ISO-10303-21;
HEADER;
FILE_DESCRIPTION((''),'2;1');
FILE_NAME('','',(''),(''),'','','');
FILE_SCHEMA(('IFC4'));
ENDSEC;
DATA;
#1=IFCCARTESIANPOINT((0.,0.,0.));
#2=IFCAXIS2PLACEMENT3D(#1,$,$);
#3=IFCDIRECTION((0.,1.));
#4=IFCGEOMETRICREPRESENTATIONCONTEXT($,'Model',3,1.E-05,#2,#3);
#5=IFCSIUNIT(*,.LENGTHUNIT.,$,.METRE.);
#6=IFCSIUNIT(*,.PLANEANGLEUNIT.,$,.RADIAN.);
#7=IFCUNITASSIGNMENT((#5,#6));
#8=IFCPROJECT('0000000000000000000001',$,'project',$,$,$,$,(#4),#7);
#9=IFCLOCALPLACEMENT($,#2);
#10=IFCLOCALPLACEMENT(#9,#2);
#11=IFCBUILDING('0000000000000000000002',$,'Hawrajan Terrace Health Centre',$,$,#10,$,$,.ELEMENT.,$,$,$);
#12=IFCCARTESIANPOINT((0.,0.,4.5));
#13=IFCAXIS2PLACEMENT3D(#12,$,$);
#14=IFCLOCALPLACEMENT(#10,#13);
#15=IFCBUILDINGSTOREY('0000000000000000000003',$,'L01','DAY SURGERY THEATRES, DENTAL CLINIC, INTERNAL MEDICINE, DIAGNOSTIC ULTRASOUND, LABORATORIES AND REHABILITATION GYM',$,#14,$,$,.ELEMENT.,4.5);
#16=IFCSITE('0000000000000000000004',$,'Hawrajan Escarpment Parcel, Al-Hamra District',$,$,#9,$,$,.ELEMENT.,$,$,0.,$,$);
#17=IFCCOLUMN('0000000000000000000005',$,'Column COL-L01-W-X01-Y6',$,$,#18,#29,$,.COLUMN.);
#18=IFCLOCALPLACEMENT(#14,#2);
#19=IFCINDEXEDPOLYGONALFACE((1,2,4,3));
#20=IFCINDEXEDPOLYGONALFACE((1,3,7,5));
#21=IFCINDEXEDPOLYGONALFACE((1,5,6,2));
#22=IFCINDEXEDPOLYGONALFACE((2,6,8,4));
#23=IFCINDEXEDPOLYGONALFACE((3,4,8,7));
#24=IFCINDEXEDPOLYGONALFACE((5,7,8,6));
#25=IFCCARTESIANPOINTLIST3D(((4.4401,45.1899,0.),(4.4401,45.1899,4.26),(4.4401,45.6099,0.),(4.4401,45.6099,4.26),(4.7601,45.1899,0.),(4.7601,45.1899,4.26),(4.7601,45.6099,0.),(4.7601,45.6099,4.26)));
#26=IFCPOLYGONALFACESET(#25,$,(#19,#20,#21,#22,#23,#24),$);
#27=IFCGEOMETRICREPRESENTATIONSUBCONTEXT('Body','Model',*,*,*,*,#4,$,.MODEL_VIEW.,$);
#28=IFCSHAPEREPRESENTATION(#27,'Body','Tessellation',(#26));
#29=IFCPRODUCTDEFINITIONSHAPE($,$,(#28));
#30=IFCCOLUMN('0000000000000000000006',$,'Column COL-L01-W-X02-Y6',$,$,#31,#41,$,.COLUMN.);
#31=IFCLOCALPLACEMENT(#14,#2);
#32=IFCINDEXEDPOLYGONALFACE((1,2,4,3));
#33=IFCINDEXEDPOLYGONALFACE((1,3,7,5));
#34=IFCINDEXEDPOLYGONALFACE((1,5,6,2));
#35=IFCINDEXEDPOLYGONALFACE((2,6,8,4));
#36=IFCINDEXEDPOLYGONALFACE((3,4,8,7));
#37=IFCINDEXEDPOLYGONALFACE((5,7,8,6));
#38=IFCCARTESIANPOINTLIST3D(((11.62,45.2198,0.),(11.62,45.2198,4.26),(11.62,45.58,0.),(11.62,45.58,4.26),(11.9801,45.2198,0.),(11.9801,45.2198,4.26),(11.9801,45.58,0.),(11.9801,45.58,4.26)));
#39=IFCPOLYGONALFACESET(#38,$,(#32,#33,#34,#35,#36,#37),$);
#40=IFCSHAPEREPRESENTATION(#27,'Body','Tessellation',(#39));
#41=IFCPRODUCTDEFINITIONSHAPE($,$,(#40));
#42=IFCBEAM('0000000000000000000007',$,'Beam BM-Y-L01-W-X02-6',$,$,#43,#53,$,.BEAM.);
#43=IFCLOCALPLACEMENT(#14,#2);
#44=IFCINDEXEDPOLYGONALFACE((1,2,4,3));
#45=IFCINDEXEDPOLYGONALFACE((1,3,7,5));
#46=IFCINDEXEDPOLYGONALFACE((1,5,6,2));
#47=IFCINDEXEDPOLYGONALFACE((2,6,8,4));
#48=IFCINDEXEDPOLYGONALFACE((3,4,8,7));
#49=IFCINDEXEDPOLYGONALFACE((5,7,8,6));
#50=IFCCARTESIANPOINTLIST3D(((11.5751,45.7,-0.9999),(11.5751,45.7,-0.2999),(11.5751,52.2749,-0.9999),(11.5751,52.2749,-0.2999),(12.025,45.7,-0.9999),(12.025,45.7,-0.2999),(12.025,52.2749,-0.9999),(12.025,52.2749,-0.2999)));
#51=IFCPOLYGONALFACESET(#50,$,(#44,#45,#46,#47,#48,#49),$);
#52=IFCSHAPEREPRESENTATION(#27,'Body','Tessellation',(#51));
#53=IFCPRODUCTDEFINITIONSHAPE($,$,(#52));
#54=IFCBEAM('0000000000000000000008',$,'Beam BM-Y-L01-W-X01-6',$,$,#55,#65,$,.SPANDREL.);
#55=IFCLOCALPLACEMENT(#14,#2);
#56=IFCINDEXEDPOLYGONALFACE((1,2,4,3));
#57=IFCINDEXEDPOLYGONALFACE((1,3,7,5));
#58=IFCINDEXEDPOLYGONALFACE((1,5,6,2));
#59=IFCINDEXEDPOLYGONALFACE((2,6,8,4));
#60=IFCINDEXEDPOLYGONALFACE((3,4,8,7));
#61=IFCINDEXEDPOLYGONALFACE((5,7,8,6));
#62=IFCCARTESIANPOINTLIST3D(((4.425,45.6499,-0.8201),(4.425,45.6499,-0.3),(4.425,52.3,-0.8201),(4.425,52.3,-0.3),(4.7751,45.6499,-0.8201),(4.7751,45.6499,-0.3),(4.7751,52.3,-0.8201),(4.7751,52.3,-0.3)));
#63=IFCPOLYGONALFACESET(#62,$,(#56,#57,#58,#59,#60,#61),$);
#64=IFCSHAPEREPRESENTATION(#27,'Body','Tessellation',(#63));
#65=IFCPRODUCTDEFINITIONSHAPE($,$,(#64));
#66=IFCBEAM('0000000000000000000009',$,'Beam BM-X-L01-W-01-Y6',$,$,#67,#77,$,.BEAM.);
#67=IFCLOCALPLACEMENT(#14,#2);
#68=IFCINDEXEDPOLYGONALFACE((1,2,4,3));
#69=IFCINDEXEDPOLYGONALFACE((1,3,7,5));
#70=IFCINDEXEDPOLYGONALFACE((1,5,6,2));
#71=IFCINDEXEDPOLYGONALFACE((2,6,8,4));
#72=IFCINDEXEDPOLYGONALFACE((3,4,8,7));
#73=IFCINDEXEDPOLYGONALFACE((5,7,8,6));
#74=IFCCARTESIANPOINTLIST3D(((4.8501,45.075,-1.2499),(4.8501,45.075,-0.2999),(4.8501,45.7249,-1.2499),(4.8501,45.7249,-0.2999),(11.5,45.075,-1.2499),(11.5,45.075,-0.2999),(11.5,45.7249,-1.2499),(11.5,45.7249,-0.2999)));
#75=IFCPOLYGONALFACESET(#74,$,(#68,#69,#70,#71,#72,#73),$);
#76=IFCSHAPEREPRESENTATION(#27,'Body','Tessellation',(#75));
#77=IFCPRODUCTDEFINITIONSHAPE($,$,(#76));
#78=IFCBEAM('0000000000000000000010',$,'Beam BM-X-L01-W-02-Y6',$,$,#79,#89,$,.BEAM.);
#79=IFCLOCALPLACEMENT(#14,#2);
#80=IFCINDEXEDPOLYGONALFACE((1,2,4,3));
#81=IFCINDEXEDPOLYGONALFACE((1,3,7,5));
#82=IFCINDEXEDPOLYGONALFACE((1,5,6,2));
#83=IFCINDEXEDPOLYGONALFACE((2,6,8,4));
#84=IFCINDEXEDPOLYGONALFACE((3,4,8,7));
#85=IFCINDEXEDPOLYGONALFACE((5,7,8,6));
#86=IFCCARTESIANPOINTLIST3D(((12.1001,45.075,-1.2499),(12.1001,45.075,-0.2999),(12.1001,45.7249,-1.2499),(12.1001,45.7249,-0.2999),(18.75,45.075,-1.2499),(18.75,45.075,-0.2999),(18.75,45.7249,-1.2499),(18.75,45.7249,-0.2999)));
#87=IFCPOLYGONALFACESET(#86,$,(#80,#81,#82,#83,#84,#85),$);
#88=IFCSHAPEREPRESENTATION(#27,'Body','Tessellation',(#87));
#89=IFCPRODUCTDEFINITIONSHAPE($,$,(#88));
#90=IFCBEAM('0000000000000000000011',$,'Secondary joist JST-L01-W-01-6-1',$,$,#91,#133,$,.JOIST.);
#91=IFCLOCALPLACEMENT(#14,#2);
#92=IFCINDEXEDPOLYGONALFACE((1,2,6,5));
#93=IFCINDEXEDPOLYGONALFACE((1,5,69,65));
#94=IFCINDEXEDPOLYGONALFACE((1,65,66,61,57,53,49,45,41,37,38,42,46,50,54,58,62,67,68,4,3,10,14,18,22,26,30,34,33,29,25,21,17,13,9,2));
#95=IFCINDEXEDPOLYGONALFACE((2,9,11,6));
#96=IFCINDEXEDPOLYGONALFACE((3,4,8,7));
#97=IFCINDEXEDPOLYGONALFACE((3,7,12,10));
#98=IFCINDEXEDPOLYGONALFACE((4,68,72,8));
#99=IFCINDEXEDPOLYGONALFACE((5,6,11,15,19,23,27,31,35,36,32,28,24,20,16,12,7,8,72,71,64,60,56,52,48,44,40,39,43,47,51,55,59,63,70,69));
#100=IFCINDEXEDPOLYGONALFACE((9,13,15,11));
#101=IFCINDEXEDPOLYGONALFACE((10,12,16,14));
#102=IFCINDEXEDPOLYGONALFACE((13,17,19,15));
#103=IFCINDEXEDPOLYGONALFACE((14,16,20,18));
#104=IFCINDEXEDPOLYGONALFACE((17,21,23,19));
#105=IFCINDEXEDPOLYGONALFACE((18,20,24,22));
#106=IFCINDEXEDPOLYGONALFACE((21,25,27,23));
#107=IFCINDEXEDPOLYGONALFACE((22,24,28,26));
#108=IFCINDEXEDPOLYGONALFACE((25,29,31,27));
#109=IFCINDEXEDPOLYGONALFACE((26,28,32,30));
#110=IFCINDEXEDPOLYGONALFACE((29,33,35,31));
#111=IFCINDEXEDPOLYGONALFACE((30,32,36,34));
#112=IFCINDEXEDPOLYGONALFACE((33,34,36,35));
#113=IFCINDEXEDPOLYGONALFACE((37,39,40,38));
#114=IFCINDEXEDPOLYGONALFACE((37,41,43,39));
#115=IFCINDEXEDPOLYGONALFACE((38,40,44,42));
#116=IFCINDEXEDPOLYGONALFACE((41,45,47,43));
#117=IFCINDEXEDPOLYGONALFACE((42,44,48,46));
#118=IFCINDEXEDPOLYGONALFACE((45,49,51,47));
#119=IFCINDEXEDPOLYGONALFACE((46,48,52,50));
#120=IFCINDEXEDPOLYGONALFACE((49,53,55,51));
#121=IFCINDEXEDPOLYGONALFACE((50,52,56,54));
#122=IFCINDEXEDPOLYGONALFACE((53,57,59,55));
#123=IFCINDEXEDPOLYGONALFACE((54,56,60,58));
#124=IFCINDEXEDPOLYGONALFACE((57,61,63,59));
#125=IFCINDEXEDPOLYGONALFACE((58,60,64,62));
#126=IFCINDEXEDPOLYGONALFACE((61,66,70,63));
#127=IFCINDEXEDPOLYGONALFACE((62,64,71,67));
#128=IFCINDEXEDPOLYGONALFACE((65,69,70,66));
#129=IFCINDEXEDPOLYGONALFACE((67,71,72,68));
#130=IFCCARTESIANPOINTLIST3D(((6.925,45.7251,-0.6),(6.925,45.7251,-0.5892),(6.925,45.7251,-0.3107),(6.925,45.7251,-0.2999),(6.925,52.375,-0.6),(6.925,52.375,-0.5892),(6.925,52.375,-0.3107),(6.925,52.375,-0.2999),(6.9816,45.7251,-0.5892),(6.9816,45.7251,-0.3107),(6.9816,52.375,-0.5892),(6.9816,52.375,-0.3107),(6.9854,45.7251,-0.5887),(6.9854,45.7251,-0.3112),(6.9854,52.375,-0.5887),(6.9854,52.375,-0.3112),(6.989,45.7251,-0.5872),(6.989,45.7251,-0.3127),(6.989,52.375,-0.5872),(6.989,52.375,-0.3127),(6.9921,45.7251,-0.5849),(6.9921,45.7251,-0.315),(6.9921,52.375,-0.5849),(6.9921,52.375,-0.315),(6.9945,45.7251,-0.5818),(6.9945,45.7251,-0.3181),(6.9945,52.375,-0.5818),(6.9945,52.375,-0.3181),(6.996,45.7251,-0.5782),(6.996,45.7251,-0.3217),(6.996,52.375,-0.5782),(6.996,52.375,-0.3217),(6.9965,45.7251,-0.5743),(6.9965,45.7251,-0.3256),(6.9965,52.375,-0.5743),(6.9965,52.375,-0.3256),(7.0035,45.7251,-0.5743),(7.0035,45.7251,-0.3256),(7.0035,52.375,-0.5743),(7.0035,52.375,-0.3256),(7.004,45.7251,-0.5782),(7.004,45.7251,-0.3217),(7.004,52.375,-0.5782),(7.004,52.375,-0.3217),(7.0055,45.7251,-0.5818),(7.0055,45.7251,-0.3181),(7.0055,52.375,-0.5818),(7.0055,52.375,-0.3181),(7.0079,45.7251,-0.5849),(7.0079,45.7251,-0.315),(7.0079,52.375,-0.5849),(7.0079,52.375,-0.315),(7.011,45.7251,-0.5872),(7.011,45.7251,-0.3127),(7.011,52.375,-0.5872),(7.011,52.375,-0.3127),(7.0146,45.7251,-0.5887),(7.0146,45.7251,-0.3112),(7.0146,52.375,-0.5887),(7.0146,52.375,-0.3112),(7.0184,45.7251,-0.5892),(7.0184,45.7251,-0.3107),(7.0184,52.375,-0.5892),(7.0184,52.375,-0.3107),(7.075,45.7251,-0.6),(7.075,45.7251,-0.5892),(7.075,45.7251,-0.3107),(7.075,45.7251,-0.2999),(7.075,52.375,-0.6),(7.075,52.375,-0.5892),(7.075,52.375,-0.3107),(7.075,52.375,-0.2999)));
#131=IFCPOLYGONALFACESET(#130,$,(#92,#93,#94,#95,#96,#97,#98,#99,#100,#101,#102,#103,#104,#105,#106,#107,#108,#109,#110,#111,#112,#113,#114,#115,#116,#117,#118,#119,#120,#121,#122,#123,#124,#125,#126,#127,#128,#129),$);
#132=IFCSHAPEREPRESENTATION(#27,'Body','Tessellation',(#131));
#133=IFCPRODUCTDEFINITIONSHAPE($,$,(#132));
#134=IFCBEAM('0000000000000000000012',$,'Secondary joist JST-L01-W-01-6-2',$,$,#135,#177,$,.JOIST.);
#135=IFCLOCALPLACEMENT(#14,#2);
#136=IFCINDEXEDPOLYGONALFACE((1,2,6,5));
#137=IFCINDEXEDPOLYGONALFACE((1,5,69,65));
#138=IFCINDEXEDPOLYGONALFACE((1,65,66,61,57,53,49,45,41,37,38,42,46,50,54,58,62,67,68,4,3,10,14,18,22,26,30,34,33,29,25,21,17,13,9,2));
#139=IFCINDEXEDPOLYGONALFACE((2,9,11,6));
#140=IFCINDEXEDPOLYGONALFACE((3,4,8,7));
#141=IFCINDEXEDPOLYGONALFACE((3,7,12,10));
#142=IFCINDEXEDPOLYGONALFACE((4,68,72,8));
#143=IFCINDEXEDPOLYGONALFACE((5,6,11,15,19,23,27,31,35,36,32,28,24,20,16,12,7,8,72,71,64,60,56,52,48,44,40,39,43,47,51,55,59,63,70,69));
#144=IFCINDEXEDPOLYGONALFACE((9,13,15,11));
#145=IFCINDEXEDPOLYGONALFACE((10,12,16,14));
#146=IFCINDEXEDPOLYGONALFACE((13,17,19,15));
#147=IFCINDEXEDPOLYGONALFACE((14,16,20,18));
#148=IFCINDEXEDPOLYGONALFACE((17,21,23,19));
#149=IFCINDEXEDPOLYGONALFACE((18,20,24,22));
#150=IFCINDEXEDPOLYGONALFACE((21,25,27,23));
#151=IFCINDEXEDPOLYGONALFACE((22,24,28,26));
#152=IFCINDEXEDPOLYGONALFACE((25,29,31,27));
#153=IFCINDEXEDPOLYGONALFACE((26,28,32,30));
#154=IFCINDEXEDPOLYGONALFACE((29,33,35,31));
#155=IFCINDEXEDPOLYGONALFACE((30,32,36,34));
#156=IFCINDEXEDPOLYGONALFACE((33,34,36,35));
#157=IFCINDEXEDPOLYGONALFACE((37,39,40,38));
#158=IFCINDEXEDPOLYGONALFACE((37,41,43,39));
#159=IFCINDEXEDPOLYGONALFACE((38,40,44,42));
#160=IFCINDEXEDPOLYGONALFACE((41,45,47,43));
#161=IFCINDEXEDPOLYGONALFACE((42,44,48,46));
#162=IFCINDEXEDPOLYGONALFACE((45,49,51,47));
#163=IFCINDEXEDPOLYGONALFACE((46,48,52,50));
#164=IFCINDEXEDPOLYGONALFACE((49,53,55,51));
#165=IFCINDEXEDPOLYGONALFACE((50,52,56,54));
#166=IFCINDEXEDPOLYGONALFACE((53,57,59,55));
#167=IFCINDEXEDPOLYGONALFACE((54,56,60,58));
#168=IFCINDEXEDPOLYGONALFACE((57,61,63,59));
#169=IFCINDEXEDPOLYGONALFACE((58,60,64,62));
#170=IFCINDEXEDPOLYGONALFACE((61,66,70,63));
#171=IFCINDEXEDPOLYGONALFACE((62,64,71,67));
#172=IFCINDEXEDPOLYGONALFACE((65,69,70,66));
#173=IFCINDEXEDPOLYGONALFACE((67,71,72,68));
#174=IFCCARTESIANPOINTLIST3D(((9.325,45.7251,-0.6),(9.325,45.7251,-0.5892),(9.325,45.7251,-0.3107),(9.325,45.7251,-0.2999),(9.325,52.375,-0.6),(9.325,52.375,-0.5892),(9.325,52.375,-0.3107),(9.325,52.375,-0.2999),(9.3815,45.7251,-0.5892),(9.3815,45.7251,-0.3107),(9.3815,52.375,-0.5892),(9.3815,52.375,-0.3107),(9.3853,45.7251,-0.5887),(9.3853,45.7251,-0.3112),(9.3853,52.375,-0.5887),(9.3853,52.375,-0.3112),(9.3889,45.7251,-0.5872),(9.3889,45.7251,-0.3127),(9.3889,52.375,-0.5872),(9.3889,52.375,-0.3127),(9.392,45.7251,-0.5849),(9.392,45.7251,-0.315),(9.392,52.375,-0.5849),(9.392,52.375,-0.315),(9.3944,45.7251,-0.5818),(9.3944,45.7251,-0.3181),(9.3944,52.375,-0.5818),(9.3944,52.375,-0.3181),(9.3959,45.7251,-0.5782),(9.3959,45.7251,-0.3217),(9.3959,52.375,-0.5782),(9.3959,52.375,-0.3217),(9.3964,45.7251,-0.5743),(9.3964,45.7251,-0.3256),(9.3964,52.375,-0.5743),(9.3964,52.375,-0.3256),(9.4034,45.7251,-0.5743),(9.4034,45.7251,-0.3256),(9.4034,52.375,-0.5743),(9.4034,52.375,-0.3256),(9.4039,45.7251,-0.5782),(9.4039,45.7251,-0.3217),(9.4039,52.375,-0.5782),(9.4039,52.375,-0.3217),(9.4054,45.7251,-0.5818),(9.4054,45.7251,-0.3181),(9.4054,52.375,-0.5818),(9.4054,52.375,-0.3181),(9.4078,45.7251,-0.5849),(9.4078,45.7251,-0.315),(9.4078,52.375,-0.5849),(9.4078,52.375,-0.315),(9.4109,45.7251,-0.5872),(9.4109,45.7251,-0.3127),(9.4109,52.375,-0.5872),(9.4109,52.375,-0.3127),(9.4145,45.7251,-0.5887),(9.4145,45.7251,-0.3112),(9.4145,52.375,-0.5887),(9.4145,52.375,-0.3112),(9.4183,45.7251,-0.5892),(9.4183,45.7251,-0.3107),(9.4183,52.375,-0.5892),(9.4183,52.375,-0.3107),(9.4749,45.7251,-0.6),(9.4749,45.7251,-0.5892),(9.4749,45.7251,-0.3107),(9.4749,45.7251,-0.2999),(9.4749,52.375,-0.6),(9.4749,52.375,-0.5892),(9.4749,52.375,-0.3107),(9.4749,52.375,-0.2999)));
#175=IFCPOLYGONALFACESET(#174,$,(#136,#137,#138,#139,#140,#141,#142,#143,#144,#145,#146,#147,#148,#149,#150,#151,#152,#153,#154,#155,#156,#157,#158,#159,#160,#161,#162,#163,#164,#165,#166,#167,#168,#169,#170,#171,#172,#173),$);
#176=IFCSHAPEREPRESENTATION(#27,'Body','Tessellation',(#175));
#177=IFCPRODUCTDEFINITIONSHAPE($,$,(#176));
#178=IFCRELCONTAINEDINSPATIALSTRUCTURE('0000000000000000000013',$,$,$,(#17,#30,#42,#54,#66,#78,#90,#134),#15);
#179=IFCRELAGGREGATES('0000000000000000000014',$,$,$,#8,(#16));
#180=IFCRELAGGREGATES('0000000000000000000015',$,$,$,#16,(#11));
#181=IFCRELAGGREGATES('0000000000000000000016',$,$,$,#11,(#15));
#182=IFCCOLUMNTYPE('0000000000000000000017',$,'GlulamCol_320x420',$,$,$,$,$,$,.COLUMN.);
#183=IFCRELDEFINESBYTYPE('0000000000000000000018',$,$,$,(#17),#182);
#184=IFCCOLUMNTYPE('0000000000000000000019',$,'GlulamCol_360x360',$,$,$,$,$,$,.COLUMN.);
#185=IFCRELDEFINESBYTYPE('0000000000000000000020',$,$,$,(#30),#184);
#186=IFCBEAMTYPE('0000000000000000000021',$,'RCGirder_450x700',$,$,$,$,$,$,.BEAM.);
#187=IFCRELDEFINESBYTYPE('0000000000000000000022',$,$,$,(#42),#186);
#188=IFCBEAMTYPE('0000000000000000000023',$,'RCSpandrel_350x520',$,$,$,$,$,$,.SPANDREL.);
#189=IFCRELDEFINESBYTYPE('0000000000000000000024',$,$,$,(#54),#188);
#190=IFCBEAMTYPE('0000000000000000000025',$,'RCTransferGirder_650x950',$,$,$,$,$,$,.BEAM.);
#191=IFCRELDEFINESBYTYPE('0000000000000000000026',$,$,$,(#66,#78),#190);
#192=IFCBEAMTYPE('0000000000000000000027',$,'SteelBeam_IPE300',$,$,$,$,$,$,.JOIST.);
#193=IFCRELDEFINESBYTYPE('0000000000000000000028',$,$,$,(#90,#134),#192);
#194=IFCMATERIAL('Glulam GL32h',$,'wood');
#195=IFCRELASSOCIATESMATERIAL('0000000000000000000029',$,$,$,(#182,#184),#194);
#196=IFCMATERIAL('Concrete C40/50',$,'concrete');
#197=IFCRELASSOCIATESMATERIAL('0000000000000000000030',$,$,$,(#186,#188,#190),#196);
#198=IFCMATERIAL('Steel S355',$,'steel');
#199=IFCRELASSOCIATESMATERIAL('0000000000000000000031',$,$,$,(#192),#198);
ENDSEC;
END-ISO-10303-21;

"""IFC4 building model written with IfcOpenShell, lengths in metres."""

from ifc_helpers import new_model, si_unit, direction, frame, origin, origin_2d, place, context, subcontext, project, spatial, rectangle, i_section, extrude, material, material_profile, profile_set, type_object, element, save


model = new_model("IFC4")

# Units and contexts
model_context = context("Model", 3, precision=1e-05, world=origin(), true_north=direction((0.0, 1.0)))
body_context = subcontext(model_context, "Body", "Model", "MODEL_VIEW")
ifc_project = project(units=[si_unit("LENGTHUNIT", "METRE"), si_unit("PLANEANGLEUNIT", "RADIAN")], contexts=[model_context])

# Site, building, storey
site_placement = place(None, origin())
site = spatial("IfcSite", under=ifc_project, at=site_placement, Name="Hawrajan Escarpment Parcel, Al-Hamra District", CompositionType="ELEMENT", RefElevation=0.0)
building_placement = place(site_placement, origin())
building = spatial("IfcBuilding", under=site, at=building_placement, Name="Hawrajan Terrace Health Centre", CompositionType="ELEMENT")
storey_placement = place(building_placement, frame((0.0, 0.0, 4.5)))
storey = spatial("IfcBuildingStorey", under=building, at=storey_placement, Name="L01", Description="DAY SURGERY THEATRES, DENTAL CLINIC, INTERNAL MEDICINE, DIAGNOSTIC ULTRASOUND, LABORATORIES AND REHABILITATION GYM", CompositionType="ELEMENT", Elevation=4.5)

# Columns
ifc_material_1 = material(Name="Glulam GL32h", Category="wood")
ifc_material_profile_1 = material_profile(ifc_material_1, rectangle(XDim=0.3201, YDim=0.4199, at=origin_2d()), Name="GL 320x420")
ifc_profile_set_1 = profile_set([ifc_material_profile_1], Name="Glulam GL32h")
column_type_1 = type_object("IfcColumnType", Name="GlulamCol_320x420", PredefinedType="COLUMN", material=ifc_profile_set_1)
column_1_placement = place(storey_placement, frame((4.6001, 45.3999, 0.0), z_axis=(0.0, 0.0, 1.0), x_axis=(1.0, 0.0, 0.0)))
element("IfcColumn", 1, at=column_1_placement, inside=storey, type_object=column_type_1, Name="Column COL-L01-W-X01-Y6", PredefinedType="COLUMN", context=body_context, shape_type="SweptSolid", body=[
    extrude(rectangle(XDim=0.3201, YDim=0.4199, at=origin_2d()), origin(), (0.0, 0.0, 1.0), 4.26),
])
ifc_material_profile_2 = material_profile(ifc_material_1, rectangle(XDim=0.3601, YDim=0.3601, at=origin_2d()), Name="GL 360x360")
ifc_profile_set_2 = profile_set([ifc_material_profile_2], Name="Glulam GL32h")
column_type_2 = type_object("IfcColumnType", Name="GlulamCol_360x360", PredefinedType="COLUMN", material=ifc_profile_set_2)
column_2_placement = place(storey_placement, frame((11.8, 45.3999, 0.0), z_axis=(0.0, 0.0, 1.0), x_axis=(1.0, 0.0, 0.0)))
element("IfcColumn", 2, at=column_2_placement, inside=storey, type_object=column_type_2, Name="Column COL-L01-W-X02-Y6", PredefinedType="COLUMN", context=body_context, shape_type="SweptSolid", body=[
    extrude(rectangle(XDim=0.3601, YDim=0.3601, at=origin_2d()), origin(), (0.0, 0.0, 1.0), 4.26),
])

# Beams
ifc_material_2 = material(Name="Concrete C40/50", Category="concrete")
ifc_material_profile_3 = material_profile(ifc_material_2, rectangle(XDim=0.45, YDim=0.7, at=origin_2d()), Name="RC BM 450x700")
ifc_profile_set_3 = profile_set([ifc_material_profile_3], Name="Concrete C40/50")
beam_type_1 = type_object("IfcBeamType", Name="RCGirder_450x700", PredefinedType="BEAM", material=ifc_profile_set_3)
beam_1_placement = place(storey_placement, frame((11.8, 45.7, -0.6499), z_axis=(0.0, 1.0, 0.0), x_axis=(-1.0, 0.0, 0.0)))
element("IfcBeam", 3, at=beam_1_placement, inside=storey, type_object=beam_type_1, Name="Beam BM-Y-L01-W-X02-6", PredefinedType="BEAM", context=body_context, shape_type="SweptSolid", body=[
    extrude(rectangle(XDim=0.45, YDim=0.7, at=origin_2d()), origin(), (0.0, 0.0, 1.0), 6.575),
])
ifc_material_profile_4 = material_profile(ifc_material_2, rectangle(XDim=0.3501, YDim=0.52, at=origin_2d()), Name="RC SP 350x520")
ifc_profile_set_4 = profile_set([ifc_material_profile_4], Name="Concrete C40/50")
beam_type_2 = type_object("IfcBeamType", Name="RCSpandrel_350x520", PredefinedType="SPANDREL", material=ifc_profile_set_4)
beam_2_placement = place(storey_placement, frame((4.6001, 45.6499, -0.5601), z_axis=(0.0, 1.0, 0.0), x_axis=(-1.0, 0.0, 0.0)))
element("IfcBeam", 4, at=beam_2_placement, inside=storey, type_object=beam_type_2, Name="Beam BM-Y-L01-W-X01-6", PredefinedType="SPANDREL", context=body_context, shape_type="SweptSolid", body=[
    extrude(rectangle(XDim=0.3501, YDim=0.52, at=origin_2d()), origin(), (0.0, 0.0, 1.0), 6.6501),
])
ifc_material_profile_5 = material_profile(ifc_material_2, rectangle(XDim=0.6499, YDim=0.95, at=origin_2d()), Name="RC TG 650x950")
ifc_profile_set_5 = profile_set([ifc_material_profile_5], Name="Concrete C40/50")
beam_type_3 = type_object("IfcBeamType", Name="RCTransferGirder_650x950", PredefinedType="BEAM", material=ifc_profile_set_5)
for number, where, z_axis, x_axis, name in (
    (5, (4.8501, 45.3999, -0.7749), (1.0, 0.0, 0.0), (0.0, 1.0, 0.0), "Beam BM-X-L01-W-01-Y6"),
    (6, (12.1001, 45.3999, -0.7749), (1.0, 0.0, 0.0), (0.0, 1.0, 0.0), "Beam BM-X-L01-W-02-Y6"),
):
    element("IfcBeam", number, at=place(storey_placement, frame(where, z_axis=z_axis, x_axis=x_axis)), inside=storey, type_object=beam_type_3, Name=name, PredefinedType="BEAM", context=body_context, shape_type="SweptSolid", body=[
        extrude(rectangle(XDim=0.6499, YDim=0.95, at=origin_2d()), origin(), (0.0, 0.0, 1.0), 6.6499),
    ])
ifc_material_3 = material(Name="Steel S355", Category="steel")
ifc_material_profile_6 = material_profile(ifc_material_3, i_section(OverallWidth=0.1499, OverallDepth=0.3, WebThickness=0.0071, FlangeThickness=0.0107, FilletRadius=0.0149, at=origin_2d()), Name="IPE 300")
ifc_profile_set_6 = profile_set([ifc_material_profile_6], Name="Steel S355")
beam_type_4 = type_object("IfcBeamType", Name="SteelBeam_IPE300", PredefinedType="JOIST", material=ifc_profile_set_6)
for number, where, z_axis, x_axis, name in (
    (7, (7.0, 45.7251, -0.45), (0.0, 1.0, 0.0), (-1.0, 0.0, 0.0), "Secondary joist JST-L01-W-01-6-1"),
    (8, (9.3999, 45.7251, -0.45), (0.0, 1.0, 0.0), (-1.0, 0.0, 0.0), "Secondary joist JST-L01-W-01-6-2"),
):
    element("IfcBeam", number, at=place(storey_placement, frame(where, z_axis=z_axis, x_axis=x_axis)), inside=storey, type_object=beam_type_4, Name=name, PredefinedType="JOIST", context=body_context, shape_type="SweptSolid", body=[
        extrude(i_section(OverallWidth=0.1499, OverallDepth=0.3, WebThickness=0.0071, FlangeThickness=0.0107, FilletRadius=0.0149, at=origin_2d()), origin(), (0.0, 0.0, 1.0), 6.6499),
    ])

save(model, "model.ifc")
